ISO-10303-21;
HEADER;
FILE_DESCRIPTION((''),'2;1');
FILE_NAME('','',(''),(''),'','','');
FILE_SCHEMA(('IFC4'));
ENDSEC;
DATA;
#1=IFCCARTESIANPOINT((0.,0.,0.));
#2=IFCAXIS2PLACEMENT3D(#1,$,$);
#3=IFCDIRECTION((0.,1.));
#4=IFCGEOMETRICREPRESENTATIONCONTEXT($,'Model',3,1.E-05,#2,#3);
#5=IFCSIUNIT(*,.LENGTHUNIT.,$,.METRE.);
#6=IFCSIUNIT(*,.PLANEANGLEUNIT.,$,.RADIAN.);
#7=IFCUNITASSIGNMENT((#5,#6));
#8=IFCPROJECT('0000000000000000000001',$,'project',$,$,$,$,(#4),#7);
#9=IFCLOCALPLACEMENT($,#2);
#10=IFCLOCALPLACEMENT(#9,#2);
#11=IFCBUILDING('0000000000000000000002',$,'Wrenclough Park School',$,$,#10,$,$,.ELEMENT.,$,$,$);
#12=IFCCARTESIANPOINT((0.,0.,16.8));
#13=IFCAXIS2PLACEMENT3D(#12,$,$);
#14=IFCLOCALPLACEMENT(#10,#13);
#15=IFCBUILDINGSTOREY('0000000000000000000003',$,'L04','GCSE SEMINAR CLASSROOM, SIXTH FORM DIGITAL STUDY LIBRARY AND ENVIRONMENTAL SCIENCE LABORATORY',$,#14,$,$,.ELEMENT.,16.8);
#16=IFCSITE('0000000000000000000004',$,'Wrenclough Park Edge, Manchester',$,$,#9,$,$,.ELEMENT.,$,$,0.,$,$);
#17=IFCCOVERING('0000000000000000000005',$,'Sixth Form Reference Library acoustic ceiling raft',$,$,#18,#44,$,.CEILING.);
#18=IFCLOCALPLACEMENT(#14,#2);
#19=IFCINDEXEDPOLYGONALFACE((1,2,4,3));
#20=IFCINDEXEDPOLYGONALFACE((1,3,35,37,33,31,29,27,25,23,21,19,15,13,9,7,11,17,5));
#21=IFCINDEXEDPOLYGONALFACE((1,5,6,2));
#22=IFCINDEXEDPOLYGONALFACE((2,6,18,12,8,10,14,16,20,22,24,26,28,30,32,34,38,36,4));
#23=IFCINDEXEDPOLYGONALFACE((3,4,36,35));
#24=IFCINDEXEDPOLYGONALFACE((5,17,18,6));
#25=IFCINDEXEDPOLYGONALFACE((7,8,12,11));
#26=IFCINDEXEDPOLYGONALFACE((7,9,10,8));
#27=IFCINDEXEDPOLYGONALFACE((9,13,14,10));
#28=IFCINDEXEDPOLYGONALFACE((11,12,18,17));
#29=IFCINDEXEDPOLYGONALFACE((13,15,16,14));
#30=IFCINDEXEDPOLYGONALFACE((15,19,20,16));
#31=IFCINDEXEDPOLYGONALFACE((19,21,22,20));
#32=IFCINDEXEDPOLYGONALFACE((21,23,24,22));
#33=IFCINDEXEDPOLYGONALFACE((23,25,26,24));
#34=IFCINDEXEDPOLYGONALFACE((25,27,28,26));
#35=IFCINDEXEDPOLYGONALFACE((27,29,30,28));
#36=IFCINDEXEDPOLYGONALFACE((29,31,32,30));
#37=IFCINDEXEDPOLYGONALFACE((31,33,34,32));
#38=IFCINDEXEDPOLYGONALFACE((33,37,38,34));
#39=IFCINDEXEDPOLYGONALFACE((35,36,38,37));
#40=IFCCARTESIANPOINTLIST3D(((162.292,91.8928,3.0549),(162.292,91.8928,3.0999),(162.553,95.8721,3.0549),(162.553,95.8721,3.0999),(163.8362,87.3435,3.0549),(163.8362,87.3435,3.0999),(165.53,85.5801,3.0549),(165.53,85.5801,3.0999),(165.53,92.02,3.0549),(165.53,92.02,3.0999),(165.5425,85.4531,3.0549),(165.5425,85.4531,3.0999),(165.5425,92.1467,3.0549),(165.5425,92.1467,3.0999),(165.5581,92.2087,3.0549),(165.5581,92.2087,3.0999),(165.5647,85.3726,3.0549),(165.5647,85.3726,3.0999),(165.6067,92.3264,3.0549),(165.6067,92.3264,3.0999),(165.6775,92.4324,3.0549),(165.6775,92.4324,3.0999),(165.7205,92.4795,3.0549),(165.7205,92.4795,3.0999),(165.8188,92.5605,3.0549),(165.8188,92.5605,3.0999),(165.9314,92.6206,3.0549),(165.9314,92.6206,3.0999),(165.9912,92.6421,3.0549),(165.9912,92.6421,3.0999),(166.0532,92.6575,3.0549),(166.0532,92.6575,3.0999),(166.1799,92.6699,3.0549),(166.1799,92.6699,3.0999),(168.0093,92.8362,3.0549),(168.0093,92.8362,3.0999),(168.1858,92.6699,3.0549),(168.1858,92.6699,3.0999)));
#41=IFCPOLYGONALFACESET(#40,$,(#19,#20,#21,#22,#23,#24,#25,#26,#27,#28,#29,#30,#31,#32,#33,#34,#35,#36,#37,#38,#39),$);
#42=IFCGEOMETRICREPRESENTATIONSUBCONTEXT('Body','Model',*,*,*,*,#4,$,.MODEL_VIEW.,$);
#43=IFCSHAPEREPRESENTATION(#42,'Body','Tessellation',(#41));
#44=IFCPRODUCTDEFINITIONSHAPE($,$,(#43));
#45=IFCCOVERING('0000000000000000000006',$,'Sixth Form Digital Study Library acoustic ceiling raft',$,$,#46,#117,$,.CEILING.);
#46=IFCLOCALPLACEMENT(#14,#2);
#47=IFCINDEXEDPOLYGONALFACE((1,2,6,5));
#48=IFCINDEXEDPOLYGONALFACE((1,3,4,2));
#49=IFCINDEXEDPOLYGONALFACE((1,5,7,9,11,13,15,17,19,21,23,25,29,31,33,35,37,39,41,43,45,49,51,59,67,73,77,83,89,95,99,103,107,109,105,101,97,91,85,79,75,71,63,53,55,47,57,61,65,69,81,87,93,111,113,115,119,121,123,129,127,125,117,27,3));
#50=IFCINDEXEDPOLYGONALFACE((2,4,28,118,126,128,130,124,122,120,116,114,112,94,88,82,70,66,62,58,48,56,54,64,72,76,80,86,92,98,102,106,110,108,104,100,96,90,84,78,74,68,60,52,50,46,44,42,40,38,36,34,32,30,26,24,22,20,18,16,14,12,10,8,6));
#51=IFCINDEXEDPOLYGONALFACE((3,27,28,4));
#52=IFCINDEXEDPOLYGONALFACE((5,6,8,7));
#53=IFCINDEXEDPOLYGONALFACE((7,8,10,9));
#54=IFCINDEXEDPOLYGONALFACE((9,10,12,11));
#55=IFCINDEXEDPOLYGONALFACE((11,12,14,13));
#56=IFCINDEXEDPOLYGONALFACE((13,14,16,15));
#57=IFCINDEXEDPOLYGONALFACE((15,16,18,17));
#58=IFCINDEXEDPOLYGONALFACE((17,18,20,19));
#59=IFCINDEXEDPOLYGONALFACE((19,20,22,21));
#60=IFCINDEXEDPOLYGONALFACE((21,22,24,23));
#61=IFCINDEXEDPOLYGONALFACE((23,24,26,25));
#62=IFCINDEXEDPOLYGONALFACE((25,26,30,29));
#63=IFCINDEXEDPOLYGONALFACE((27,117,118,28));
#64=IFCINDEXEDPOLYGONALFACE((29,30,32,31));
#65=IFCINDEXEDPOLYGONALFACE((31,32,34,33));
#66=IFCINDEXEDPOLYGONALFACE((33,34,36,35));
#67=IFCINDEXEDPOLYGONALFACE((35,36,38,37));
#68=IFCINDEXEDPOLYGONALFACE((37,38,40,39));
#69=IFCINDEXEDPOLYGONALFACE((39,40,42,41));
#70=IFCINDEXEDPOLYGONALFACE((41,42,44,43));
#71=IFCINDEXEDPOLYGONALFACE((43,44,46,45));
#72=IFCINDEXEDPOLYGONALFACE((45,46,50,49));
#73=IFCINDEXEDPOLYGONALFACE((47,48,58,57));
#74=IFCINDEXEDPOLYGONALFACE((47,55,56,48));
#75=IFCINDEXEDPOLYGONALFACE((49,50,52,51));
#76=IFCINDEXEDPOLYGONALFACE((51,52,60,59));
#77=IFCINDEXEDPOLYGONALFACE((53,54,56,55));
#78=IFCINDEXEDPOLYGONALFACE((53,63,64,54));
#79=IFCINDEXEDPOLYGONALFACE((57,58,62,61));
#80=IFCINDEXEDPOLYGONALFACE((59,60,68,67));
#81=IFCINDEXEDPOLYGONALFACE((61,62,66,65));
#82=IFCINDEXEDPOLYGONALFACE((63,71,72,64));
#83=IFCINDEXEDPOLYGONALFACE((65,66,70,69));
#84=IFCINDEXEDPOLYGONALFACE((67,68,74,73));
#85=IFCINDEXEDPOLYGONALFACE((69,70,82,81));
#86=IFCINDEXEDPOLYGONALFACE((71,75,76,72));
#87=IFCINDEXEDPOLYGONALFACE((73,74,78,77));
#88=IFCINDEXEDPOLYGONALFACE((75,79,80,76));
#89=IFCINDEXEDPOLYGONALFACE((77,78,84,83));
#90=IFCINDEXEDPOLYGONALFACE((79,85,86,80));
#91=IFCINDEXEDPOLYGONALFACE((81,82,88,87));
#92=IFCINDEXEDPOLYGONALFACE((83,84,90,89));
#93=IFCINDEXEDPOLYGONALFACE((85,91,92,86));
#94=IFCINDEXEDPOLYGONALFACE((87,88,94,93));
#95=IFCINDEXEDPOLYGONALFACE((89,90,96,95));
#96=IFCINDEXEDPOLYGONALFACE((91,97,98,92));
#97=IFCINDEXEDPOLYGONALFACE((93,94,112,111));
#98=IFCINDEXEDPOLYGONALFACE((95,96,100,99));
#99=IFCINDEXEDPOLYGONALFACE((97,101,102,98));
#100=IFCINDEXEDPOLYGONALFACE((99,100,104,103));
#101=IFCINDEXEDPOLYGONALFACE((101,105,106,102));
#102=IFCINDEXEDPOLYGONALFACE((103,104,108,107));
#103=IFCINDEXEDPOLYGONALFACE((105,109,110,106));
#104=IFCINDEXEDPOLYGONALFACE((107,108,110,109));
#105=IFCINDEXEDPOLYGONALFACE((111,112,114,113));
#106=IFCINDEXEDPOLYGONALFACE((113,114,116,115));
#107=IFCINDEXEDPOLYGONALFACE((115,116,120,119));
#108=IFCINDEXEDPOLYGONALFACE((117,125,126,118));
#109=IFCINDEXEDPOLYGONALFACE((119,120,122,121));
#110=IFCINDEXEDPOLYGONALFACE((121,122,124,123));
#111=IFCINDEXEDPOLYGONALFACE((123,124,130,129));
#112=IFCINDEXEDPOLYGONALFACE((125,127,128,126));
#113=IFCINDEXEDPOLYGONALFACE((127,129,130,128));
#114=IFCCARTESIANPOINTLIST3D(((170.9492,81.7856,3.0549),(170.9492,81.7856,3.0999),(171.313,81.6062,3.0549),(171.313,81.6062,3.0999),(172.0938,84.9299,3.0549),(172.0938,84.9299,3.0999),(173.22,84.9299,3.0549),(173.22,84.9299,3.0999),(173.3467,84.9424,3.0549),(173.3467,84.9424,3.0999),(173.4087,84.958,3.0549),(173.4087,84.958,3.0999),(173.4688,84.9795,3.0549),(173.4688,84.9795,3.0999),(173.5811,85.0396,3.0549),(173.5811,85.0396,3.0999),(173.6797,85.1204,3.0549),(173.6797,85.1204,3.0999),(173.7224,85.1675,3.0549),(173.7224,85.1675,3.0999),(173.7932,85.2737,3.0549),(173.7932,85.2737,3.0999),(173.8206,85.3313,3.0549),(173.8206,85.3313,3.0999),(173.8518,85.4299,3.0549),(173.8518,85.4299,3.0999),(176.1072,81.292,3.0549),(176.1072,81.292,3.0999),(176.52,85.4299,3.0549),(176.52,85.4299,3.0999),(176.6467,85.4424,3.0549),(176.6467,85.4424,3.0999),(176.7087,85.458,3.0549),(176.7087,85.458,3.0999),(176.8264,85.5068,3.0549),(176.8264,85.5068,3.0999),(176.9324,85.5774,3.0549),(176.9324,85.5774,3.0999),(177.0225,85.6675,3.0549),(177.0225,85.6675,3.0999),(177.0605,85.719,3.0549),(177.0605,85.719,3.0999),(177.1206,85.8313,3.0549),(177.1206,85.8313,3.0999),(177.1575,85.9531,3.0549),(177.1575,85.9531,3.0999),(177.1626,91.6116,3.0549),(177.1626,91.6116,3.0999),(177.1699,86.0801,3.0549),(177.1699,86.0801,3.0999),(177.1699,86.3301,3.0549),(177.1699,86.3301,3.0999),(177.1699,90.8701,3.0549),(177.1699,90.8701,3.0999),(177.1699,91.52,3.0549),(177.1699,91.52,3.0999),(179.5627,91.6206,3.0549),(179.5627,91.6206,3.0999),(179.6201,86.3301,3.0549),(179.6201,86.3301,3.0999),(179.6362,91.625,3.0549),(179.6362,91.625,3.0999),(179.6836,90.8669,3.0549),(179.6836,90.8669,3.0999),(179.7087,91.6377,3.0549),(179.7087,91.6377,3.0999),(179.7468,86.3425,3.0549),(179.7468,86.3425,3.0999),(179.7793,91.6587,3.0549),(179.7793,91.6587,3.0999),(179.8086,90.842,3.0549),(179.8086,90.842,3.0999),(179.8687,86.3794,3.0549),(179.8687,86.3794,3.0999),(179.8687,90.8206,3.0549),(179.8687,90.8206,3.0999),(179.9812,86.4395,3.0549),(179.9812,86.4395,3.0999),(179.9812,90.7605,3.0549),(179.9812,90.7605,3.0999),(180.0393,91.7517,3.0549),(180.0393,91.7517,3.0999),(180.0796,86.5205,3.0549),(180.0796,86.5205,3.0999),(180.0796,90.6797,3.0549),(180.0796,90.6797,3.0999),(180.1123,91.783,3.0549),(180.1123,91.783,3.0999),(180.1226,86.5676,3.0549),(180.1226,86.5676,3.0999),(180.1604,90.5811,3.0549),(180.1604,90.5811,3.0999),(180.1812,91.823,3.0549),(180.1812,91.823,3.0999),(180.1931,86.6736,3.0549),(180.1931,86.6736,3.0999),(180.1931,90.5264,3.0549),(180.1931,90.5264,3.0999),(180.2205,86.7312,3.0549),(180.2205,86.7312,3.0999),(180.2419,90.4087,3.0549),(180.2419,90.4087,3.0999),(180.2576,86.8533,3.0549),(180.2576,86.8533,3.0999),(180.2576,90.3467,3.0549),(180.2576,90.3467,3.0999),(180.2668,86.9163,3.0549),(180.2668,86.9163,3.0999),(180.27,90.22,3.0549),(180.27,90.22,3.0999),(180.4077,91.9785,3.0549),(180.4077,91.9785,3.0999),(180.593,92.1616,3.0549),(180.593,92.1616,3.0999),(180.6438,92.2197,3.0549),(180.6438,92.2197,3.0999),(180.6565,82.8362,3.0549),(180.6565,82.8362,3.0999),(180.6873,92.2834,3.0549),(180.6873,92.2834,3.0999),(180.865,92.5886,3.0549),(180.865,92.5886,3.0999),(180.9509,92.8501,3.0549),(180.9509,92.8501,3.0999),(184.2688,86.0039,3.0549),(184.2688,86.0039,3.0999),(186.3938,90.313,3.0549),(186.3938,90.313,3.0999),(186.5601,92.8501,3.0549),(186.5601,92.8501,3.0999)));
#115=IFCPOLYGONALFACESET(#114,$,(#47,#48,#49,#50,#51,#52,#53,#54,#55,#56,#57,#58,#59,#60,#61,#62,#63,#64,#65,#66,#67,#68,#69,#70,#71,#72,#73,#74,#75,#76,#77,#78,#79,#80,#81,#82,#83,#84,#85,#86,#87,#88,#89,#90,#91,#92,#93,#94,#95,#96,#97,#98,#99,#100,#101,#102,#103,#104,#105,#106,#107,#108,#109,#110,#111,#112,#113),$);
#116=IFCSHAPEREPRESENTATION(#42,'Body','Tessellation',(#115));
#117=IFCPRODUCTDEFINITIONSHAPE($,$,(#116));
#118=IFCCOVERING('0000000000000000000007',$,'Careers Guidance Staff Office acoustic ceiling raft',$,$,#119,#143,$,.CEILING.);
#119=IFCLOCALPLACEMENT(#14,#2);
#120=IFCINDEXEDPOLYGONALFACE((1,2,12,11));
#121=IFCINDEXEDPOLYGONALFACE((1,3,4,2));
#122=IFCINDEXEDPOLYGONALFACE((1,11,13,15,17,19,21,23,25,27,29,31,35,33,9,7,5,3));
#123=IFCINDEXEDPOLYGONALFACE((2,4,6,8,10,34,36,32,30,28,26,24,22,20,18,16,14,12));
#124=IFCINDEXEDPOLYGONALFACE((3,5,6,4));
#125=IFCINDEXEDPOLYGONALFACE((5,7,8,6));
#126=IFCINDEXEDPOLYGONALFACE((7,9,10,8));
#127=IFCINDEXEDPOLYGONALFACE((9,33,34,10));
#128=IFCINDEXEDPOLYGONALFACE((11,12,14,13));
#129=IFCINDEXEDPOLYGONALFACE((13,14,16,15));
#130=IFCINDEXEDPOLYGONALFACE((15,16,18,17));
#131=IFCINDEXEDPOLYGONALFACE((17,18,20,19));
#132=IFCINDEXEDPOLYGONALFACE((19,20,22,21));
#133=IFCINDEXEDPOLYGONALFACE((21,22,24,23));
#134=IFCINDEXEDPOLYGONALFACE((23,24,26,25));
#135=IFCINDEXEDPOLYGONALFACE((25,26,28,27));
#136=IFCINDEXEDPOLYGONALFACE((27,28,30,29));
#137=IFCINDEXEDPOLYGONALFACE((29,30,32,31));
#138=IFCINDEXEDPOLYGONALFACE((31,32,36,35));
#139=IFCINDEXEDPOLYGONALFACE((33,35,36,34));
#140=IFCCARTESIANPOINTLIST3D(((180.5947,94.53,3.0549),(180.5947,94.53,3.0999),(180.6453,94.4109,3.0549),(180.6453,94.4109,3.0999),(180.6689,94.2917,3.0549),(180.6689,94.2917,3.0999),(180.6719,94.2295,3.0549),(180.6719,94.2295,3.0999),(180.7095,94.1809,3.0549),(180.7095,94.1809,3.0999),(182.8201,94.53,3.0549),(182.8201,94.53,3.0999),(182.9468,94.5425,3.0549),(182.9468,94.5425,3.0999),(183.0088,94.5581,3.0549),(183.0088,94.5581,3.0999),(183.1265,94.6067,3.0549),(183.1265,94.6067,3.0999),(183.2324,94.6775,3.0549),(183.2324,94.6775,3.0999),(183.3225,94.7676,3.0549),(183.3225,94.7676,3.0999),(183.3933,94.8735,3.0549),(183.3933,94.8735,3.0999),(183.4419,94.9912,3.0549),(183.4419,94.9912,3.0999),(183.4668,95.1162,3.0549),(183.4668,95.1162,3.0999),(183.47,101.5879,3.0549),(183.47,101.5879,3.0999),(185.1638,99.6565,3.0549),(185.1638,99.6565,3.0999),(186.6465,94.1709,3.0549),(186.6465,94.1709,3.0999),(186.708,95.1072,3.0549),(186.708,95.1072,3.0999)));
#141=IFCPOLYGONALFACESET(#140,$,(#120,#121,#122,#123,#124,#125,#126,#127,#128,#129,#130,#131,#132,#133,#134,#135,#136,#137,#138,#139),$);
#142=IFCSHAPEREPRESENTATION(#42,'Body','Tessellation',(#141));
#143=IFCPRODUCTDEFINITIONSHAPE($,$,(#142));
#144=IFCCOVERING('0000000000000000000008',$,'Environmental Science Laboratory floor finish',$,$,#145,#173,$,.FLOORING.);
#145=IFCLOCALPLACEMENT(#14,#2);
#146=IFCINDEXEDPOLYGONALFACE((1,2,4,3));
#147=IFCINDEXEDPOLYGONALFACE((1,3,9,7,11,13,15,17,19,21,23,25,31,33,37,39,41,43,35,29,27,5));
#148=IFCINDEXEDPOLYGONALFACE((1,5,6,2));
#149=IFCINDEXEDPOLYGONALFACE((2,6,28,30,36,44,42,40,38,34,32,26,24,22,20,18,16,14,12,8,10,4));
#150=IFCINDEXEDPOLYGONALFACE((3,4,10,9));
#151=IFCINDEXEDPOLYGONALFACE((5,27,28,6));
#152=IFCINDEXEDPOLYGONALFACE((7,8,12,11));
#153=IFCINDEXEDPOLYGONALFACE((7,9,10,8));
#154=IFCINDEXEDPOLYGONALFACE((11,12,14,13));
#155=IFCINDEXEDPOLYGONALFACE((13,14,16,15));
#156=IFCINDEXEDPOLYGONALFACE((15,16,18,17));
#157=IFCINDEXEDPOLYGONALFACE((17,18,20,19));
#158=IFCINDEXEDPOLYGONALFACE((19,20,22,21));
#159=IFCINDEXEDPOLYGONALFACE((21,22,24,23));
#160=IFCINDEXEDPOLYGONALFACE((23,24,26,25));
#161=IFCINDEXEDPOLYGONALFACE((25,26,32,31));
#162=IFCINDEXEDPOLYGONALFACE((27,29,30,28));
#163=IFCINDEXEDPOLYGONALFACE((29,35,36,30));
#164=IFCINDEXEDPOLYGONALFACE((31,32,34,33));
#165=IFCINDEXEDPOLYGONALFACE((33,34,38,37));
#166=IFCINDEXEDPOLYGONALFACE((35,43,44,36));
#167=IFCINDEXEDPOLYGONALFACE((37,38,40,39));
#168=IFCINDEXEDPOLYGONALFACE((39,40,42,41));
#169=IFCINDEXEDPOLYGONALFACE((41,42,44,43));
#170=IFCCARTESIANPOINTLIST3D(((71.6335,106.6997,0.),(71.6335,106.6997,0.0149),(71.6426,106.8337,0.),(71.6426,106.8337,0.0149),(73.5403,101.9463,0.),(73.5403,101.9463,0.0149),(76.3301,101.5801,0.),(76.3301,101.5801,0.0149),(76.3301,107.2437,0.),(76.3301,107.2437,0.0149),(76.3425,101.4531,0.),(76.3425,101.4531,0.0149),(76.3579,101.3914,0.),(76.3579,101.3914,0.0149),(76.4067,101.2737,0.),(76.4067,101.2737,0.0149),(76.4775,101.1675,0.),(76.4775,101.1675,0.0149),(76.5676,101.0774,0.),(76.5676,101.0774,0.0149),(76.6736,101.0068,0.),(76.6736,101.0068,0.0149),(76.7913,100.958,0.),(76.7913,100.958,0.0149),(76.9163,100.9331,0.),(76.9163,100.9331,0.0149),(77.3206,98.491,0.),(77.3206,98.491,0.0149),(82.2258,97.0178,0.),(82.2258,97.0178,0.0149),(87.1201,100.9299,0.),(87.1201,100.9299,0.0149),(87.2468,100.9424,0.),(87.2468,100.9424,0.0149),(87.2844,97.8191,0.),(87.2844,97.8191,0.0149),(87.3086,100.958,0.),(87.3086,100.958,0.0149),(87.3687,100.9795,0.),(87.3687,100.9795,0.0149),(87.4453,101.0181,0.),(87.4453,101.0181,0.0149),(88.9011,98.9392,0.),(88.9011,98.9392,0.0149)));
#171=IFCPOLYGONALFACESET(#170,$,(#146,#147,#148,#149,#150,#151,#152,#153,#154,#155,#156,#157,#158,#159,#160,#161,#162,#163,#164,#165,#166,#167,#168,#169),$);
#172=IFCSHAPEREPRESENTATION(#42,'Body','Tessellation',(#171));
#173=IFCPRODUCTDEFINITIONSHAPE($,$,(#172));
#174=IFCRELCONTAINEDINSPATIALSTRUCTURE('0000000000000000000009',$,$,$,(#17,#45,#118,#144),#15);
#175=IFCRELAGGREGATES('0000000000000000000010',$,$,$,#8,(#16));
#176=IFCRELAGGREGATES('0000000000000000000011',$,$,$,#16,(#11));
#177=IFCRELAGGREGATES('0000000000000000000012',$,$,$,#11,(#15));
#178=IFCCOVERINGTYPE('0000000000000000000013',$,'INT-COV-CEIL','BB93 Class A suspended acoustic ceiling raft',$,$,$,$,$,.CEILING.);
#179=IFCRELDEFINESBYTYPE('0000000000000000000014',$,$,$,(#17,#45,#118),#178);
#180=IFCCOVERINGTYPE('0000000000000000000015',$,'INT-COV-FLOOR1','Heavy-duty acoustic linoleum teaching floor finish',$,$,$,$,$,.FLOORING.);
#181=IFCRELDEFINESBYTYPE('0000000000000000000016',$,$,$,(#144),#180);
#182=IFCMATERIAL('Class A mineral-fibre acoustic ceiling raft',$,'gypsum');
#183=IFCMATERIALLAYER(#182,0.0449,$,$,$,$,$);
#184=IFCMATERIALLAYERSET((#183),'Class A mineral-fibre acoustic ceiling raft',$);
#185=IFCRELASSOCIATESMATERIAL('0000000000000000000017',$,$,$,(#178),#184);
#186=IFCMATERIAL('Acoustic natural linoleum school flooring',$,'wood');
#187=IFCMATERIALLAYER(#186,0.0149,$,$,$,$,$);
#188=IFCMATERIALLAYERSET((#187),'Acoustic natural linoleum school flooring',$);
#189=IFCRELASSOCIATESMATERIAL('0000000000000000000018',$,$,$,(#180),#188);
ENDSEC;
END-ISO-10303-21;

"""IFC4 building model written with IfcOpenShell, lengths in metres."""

from ifc_helpers import new_model, si_unit, direction, frame, origin, place, context, subcontext, project, spatial, polyline, outline, extrude, material, layer, layer_set, type_object, element, save


model = new_model("IFC4")

# Units and contexts
model_context = context("Model", 3, precision=1e-05, world=origin(), true_north=direction((0.0, 1.0)))
body_context = subcontext(model_context, "Body", "Model", "MODEL_VIEW")
ifc_project = project(units=[si_unit("LENGTHUNIT", "METRE"), si_unit("PLANEANGLEUNIT", "RADIAN")], contexts=[model_context])

# Site, building, storey
site_placement = place(None, origin())
site = spatial("IfcSite", under=ifc_project, at=site_placement, Name="Wrenclough Park Edge, Manchester", CompositionType="ELEMENT", RefElevation=0.0)
building_placement = place(site_placement, origin())
building = spatial("IfcBuilding", under=site, at=building_placement, Name="Wrenclough Park School", CompositionType="ELEMENT")
storey_placement = place(building_placement, frame((0.0, 0.0, 16.8)))
storey = spatial("IfcBuildingStorey", under=building, at=storey_placement, Name="L04", Description="GCSE SEMINAR CLASSROOM, SIXTH FORM DIGITAL STUDY LIBRARY AND ENVIRONMENTAL SCIENCE LABORATORY", CompositionType="ELEMENT", Elevation=16.8)

# Coverings
ifc_material_1 = material(Name="Class A mineral-fibre acoustic ceiling raft", Category="gypsum")
ifc_layer_1 = layer(ifc_material_1, 0.0449)
ifc_layer_set_1 = layer_set([ifc_layer_1], Name="Class A mineral-fibre acoustic ceiling raft")
covering_type_1 = type_object("IfcCoveringType", Name="INT-COV-CEIL", Description="BB93 Class A suspended acoustic ceiling raft", PredefinedType="CEILING", material=ifc_layer_set_1)
covering_1_placement = place(storey_placement, frame((0.0, 0.0, 3.0549)))
element("IfcCovering", 1, at=covering_1_placement, inside=storey, type_object=covering_type_1, Name="Sixth Form Reference Library acoustic ceiling raft", PredefinedType="CEILING", context=body_context, shape_type="SweptSolid", body=[
    extrude(outline(polyline([(168.0093, 92.8362), (162.553, 95.8721), (162.292, 91.8928), (163.8362, 87.3435), (165.5647, 85.3726), (165.5425, 85.4531), (165.53, 85.5801), (165.53, 92.02), (165.5425, 92.1467), (165.5581, 92.2087), (165.6067, 92.3264), (165.6775, 92.4324), (165.7205, 92.4795), (165.8188, 92.5605), (165.9314, 92.6206), (165.9912, 92.6421), (166.0532, 92.6575), (166.1799, 92.6699), (168.1858, 92.6699), (168.0093, 92.8362)])), origin(), (0.0, 0.0, 1.0), 0.0449),
])
covering_2_placement = place(storey_placement, frame((0.0, 0.0, 3.0549)))
element("IfcCovering", 2, at=covering_2_placement, inside=storey, type_object=covering_type_1, Name="Sixth Form Digital Study Library acoustic ceiling raft", PredefinedType="CEILING", context=body_context, shape_type="SweptSolid", body=[
    extrude(outline(polyline([(176.52, 85.4299), (173.8518, 85.4299), (173.8206, 85.3313), (173.7932, 85.2737), (173.7224, 85.1675), (173.6797, 85.1204), (173.5811, 85.0396), (173.4688, 84.9795), (173.4087, 84.958), (173.3467, 84.9424), (173.22, 84.9299), (172.0938, 84.9299), (170.9492, 81.7856), (171.313, 81.6062), (176.1072, 81.292), (180.6565, 82.8362), (184.2688, 86.0039), (186.3938, 90.313), (186.5601, 92.8501), (180.9509, 92.8501), (180.865, 92.5886), (180.6873, 92.2834), (180.6438, 92.2197), (180.593, 92.1616), (180.4077, 91.9785), (180.1812, 91.823), (180.1123, 91.783), (180.0393, 91.7517), (179.7793, 91.6587), (179.7087, 91.6377), (179.6362, 91.625), (179.5627, 91.6206), (177.1626, 91.6116), (177.1699, 91.52), (177.1699, 90.8701), (179.6836, 90.8669), (179.8086, 90.842), (179.8687, 90.8206), (179.9812, 90.7605), (180.0796, 90.6797), (180.1604, 90.5811), (180.1931, 90.5264), (180.2419, 90.4087), (180.2576, 90.3467), (180.27, 90.22), (180.2668, 86.9163), (180.2576, 86.8533), (180.2205, 86.7312), (180.1931, 86.6736), (180.1226, 86.5676), (180.0796, 86.5205), (179.9812, 86.4395), (179.8687, 86.3794), (179.7468, 86.3425), (179.6201, 86.3301), (177.1699, 86.3301), (177.1699, 86.0801), (177.1575, 85.9531), (177.1206, 85.8313), (177.0605, 85.719), (177.0225, 85.6675), (176.9324, 85.5774), (176.8264, 85.5068), (176.7087, 85.458), (176.6467, 85.4424), (176.52, 85.4299)])), origin(), (0.0, 0.0, 1.0), 0.0449),
])
covering_3_placement = place(storey_placement, frame((0.0, 0.0, 3.0549)))
element("IfcCovering", 3, at=covering_3_placement, inside=storey, type_object=covering_type_1, Name="Careers Guidance Staff Office acoustic ceiling raft", PredefinedType="CEILING", context=body_context, shape_type="SweptSolid", body=[
    extrude(outline(polyline([(182.8201, 94.53), (180.5947, 94.53), (180.6453, 94.4109), (180.6689, 94.2917), (180.6719, 94.2295), (180.7095, 94.1809), (186.6465, 94.1709), (186.708, 95.1072), (185.1638, 99.6565), (183.47, 101.5879), (183.4668, 95.1162), (183.4419, 94.9912), (183.3933, 94.8735), (183.3225, 94.7676), (183.2324, 94.6775), (183.1265, 94.6067), (183.0088, 94.5581), (182.9468, 94.5425), (182.8201, 94.53)])), origin(), (0.0, 0.0, 1.0), 0.0449),
])
ifc_material_2 = material(Name="Acoustic natural linoleum school flooring", Category="wood")
ifc_layer_2 = layer(ifc_material_2, 0.0149)
ifc_layer_set_2 = layer_set([ifc_layer_2], Name="Acoustic natural linoleum school flooring")
covering_type_2 = type_object("IfcCoveringType", Name="INT-COV-FLOOR1", Description="Heavy-duty acoustic linoleum teaching floor finish", PredefinedType="FLOORING", material=ifc_layer_set_2)
covering_4_placement = place(storey_placement, origin())
element("IfcCovering", 4, at=covering_4_placement, inside=storey, type_object=covering_type_2, Name="Environmental Science Laboratory floor finish", PredefinedType="FLOORING", context=body_context, shape_type="SweptSolid", body=[
    extrude(outline(polyline([(76.3301, 101.5801), (76.3301, 107.2437), (71.6426, 106.8337), (71.6335, 106.6997), (73.5403, 101.9463), (77.3206, 98.491), (82.2258, 97.0178), (87.2844, 97.8191), (88.9011, 98.9392), (87.4453, 101.0181), (87.3687, 100.9795), (87.3086, 100.958), (87.2468, 100.9424), (87.1201, 100.9299), (76.9163, 100.9331), (76.7913, 100.958), (76.6736, 101.0068), (76.5676, 101.0774), (76.4775, 101.1675), (76.4067, 101.2737), (76.3579, 101.3914), (76.3425, 101.4531), (76.3301, 101.5801)])), origin(), (0.0, 0.0, 1.0), 0.0149),
])

save(model, "model.ifc")
